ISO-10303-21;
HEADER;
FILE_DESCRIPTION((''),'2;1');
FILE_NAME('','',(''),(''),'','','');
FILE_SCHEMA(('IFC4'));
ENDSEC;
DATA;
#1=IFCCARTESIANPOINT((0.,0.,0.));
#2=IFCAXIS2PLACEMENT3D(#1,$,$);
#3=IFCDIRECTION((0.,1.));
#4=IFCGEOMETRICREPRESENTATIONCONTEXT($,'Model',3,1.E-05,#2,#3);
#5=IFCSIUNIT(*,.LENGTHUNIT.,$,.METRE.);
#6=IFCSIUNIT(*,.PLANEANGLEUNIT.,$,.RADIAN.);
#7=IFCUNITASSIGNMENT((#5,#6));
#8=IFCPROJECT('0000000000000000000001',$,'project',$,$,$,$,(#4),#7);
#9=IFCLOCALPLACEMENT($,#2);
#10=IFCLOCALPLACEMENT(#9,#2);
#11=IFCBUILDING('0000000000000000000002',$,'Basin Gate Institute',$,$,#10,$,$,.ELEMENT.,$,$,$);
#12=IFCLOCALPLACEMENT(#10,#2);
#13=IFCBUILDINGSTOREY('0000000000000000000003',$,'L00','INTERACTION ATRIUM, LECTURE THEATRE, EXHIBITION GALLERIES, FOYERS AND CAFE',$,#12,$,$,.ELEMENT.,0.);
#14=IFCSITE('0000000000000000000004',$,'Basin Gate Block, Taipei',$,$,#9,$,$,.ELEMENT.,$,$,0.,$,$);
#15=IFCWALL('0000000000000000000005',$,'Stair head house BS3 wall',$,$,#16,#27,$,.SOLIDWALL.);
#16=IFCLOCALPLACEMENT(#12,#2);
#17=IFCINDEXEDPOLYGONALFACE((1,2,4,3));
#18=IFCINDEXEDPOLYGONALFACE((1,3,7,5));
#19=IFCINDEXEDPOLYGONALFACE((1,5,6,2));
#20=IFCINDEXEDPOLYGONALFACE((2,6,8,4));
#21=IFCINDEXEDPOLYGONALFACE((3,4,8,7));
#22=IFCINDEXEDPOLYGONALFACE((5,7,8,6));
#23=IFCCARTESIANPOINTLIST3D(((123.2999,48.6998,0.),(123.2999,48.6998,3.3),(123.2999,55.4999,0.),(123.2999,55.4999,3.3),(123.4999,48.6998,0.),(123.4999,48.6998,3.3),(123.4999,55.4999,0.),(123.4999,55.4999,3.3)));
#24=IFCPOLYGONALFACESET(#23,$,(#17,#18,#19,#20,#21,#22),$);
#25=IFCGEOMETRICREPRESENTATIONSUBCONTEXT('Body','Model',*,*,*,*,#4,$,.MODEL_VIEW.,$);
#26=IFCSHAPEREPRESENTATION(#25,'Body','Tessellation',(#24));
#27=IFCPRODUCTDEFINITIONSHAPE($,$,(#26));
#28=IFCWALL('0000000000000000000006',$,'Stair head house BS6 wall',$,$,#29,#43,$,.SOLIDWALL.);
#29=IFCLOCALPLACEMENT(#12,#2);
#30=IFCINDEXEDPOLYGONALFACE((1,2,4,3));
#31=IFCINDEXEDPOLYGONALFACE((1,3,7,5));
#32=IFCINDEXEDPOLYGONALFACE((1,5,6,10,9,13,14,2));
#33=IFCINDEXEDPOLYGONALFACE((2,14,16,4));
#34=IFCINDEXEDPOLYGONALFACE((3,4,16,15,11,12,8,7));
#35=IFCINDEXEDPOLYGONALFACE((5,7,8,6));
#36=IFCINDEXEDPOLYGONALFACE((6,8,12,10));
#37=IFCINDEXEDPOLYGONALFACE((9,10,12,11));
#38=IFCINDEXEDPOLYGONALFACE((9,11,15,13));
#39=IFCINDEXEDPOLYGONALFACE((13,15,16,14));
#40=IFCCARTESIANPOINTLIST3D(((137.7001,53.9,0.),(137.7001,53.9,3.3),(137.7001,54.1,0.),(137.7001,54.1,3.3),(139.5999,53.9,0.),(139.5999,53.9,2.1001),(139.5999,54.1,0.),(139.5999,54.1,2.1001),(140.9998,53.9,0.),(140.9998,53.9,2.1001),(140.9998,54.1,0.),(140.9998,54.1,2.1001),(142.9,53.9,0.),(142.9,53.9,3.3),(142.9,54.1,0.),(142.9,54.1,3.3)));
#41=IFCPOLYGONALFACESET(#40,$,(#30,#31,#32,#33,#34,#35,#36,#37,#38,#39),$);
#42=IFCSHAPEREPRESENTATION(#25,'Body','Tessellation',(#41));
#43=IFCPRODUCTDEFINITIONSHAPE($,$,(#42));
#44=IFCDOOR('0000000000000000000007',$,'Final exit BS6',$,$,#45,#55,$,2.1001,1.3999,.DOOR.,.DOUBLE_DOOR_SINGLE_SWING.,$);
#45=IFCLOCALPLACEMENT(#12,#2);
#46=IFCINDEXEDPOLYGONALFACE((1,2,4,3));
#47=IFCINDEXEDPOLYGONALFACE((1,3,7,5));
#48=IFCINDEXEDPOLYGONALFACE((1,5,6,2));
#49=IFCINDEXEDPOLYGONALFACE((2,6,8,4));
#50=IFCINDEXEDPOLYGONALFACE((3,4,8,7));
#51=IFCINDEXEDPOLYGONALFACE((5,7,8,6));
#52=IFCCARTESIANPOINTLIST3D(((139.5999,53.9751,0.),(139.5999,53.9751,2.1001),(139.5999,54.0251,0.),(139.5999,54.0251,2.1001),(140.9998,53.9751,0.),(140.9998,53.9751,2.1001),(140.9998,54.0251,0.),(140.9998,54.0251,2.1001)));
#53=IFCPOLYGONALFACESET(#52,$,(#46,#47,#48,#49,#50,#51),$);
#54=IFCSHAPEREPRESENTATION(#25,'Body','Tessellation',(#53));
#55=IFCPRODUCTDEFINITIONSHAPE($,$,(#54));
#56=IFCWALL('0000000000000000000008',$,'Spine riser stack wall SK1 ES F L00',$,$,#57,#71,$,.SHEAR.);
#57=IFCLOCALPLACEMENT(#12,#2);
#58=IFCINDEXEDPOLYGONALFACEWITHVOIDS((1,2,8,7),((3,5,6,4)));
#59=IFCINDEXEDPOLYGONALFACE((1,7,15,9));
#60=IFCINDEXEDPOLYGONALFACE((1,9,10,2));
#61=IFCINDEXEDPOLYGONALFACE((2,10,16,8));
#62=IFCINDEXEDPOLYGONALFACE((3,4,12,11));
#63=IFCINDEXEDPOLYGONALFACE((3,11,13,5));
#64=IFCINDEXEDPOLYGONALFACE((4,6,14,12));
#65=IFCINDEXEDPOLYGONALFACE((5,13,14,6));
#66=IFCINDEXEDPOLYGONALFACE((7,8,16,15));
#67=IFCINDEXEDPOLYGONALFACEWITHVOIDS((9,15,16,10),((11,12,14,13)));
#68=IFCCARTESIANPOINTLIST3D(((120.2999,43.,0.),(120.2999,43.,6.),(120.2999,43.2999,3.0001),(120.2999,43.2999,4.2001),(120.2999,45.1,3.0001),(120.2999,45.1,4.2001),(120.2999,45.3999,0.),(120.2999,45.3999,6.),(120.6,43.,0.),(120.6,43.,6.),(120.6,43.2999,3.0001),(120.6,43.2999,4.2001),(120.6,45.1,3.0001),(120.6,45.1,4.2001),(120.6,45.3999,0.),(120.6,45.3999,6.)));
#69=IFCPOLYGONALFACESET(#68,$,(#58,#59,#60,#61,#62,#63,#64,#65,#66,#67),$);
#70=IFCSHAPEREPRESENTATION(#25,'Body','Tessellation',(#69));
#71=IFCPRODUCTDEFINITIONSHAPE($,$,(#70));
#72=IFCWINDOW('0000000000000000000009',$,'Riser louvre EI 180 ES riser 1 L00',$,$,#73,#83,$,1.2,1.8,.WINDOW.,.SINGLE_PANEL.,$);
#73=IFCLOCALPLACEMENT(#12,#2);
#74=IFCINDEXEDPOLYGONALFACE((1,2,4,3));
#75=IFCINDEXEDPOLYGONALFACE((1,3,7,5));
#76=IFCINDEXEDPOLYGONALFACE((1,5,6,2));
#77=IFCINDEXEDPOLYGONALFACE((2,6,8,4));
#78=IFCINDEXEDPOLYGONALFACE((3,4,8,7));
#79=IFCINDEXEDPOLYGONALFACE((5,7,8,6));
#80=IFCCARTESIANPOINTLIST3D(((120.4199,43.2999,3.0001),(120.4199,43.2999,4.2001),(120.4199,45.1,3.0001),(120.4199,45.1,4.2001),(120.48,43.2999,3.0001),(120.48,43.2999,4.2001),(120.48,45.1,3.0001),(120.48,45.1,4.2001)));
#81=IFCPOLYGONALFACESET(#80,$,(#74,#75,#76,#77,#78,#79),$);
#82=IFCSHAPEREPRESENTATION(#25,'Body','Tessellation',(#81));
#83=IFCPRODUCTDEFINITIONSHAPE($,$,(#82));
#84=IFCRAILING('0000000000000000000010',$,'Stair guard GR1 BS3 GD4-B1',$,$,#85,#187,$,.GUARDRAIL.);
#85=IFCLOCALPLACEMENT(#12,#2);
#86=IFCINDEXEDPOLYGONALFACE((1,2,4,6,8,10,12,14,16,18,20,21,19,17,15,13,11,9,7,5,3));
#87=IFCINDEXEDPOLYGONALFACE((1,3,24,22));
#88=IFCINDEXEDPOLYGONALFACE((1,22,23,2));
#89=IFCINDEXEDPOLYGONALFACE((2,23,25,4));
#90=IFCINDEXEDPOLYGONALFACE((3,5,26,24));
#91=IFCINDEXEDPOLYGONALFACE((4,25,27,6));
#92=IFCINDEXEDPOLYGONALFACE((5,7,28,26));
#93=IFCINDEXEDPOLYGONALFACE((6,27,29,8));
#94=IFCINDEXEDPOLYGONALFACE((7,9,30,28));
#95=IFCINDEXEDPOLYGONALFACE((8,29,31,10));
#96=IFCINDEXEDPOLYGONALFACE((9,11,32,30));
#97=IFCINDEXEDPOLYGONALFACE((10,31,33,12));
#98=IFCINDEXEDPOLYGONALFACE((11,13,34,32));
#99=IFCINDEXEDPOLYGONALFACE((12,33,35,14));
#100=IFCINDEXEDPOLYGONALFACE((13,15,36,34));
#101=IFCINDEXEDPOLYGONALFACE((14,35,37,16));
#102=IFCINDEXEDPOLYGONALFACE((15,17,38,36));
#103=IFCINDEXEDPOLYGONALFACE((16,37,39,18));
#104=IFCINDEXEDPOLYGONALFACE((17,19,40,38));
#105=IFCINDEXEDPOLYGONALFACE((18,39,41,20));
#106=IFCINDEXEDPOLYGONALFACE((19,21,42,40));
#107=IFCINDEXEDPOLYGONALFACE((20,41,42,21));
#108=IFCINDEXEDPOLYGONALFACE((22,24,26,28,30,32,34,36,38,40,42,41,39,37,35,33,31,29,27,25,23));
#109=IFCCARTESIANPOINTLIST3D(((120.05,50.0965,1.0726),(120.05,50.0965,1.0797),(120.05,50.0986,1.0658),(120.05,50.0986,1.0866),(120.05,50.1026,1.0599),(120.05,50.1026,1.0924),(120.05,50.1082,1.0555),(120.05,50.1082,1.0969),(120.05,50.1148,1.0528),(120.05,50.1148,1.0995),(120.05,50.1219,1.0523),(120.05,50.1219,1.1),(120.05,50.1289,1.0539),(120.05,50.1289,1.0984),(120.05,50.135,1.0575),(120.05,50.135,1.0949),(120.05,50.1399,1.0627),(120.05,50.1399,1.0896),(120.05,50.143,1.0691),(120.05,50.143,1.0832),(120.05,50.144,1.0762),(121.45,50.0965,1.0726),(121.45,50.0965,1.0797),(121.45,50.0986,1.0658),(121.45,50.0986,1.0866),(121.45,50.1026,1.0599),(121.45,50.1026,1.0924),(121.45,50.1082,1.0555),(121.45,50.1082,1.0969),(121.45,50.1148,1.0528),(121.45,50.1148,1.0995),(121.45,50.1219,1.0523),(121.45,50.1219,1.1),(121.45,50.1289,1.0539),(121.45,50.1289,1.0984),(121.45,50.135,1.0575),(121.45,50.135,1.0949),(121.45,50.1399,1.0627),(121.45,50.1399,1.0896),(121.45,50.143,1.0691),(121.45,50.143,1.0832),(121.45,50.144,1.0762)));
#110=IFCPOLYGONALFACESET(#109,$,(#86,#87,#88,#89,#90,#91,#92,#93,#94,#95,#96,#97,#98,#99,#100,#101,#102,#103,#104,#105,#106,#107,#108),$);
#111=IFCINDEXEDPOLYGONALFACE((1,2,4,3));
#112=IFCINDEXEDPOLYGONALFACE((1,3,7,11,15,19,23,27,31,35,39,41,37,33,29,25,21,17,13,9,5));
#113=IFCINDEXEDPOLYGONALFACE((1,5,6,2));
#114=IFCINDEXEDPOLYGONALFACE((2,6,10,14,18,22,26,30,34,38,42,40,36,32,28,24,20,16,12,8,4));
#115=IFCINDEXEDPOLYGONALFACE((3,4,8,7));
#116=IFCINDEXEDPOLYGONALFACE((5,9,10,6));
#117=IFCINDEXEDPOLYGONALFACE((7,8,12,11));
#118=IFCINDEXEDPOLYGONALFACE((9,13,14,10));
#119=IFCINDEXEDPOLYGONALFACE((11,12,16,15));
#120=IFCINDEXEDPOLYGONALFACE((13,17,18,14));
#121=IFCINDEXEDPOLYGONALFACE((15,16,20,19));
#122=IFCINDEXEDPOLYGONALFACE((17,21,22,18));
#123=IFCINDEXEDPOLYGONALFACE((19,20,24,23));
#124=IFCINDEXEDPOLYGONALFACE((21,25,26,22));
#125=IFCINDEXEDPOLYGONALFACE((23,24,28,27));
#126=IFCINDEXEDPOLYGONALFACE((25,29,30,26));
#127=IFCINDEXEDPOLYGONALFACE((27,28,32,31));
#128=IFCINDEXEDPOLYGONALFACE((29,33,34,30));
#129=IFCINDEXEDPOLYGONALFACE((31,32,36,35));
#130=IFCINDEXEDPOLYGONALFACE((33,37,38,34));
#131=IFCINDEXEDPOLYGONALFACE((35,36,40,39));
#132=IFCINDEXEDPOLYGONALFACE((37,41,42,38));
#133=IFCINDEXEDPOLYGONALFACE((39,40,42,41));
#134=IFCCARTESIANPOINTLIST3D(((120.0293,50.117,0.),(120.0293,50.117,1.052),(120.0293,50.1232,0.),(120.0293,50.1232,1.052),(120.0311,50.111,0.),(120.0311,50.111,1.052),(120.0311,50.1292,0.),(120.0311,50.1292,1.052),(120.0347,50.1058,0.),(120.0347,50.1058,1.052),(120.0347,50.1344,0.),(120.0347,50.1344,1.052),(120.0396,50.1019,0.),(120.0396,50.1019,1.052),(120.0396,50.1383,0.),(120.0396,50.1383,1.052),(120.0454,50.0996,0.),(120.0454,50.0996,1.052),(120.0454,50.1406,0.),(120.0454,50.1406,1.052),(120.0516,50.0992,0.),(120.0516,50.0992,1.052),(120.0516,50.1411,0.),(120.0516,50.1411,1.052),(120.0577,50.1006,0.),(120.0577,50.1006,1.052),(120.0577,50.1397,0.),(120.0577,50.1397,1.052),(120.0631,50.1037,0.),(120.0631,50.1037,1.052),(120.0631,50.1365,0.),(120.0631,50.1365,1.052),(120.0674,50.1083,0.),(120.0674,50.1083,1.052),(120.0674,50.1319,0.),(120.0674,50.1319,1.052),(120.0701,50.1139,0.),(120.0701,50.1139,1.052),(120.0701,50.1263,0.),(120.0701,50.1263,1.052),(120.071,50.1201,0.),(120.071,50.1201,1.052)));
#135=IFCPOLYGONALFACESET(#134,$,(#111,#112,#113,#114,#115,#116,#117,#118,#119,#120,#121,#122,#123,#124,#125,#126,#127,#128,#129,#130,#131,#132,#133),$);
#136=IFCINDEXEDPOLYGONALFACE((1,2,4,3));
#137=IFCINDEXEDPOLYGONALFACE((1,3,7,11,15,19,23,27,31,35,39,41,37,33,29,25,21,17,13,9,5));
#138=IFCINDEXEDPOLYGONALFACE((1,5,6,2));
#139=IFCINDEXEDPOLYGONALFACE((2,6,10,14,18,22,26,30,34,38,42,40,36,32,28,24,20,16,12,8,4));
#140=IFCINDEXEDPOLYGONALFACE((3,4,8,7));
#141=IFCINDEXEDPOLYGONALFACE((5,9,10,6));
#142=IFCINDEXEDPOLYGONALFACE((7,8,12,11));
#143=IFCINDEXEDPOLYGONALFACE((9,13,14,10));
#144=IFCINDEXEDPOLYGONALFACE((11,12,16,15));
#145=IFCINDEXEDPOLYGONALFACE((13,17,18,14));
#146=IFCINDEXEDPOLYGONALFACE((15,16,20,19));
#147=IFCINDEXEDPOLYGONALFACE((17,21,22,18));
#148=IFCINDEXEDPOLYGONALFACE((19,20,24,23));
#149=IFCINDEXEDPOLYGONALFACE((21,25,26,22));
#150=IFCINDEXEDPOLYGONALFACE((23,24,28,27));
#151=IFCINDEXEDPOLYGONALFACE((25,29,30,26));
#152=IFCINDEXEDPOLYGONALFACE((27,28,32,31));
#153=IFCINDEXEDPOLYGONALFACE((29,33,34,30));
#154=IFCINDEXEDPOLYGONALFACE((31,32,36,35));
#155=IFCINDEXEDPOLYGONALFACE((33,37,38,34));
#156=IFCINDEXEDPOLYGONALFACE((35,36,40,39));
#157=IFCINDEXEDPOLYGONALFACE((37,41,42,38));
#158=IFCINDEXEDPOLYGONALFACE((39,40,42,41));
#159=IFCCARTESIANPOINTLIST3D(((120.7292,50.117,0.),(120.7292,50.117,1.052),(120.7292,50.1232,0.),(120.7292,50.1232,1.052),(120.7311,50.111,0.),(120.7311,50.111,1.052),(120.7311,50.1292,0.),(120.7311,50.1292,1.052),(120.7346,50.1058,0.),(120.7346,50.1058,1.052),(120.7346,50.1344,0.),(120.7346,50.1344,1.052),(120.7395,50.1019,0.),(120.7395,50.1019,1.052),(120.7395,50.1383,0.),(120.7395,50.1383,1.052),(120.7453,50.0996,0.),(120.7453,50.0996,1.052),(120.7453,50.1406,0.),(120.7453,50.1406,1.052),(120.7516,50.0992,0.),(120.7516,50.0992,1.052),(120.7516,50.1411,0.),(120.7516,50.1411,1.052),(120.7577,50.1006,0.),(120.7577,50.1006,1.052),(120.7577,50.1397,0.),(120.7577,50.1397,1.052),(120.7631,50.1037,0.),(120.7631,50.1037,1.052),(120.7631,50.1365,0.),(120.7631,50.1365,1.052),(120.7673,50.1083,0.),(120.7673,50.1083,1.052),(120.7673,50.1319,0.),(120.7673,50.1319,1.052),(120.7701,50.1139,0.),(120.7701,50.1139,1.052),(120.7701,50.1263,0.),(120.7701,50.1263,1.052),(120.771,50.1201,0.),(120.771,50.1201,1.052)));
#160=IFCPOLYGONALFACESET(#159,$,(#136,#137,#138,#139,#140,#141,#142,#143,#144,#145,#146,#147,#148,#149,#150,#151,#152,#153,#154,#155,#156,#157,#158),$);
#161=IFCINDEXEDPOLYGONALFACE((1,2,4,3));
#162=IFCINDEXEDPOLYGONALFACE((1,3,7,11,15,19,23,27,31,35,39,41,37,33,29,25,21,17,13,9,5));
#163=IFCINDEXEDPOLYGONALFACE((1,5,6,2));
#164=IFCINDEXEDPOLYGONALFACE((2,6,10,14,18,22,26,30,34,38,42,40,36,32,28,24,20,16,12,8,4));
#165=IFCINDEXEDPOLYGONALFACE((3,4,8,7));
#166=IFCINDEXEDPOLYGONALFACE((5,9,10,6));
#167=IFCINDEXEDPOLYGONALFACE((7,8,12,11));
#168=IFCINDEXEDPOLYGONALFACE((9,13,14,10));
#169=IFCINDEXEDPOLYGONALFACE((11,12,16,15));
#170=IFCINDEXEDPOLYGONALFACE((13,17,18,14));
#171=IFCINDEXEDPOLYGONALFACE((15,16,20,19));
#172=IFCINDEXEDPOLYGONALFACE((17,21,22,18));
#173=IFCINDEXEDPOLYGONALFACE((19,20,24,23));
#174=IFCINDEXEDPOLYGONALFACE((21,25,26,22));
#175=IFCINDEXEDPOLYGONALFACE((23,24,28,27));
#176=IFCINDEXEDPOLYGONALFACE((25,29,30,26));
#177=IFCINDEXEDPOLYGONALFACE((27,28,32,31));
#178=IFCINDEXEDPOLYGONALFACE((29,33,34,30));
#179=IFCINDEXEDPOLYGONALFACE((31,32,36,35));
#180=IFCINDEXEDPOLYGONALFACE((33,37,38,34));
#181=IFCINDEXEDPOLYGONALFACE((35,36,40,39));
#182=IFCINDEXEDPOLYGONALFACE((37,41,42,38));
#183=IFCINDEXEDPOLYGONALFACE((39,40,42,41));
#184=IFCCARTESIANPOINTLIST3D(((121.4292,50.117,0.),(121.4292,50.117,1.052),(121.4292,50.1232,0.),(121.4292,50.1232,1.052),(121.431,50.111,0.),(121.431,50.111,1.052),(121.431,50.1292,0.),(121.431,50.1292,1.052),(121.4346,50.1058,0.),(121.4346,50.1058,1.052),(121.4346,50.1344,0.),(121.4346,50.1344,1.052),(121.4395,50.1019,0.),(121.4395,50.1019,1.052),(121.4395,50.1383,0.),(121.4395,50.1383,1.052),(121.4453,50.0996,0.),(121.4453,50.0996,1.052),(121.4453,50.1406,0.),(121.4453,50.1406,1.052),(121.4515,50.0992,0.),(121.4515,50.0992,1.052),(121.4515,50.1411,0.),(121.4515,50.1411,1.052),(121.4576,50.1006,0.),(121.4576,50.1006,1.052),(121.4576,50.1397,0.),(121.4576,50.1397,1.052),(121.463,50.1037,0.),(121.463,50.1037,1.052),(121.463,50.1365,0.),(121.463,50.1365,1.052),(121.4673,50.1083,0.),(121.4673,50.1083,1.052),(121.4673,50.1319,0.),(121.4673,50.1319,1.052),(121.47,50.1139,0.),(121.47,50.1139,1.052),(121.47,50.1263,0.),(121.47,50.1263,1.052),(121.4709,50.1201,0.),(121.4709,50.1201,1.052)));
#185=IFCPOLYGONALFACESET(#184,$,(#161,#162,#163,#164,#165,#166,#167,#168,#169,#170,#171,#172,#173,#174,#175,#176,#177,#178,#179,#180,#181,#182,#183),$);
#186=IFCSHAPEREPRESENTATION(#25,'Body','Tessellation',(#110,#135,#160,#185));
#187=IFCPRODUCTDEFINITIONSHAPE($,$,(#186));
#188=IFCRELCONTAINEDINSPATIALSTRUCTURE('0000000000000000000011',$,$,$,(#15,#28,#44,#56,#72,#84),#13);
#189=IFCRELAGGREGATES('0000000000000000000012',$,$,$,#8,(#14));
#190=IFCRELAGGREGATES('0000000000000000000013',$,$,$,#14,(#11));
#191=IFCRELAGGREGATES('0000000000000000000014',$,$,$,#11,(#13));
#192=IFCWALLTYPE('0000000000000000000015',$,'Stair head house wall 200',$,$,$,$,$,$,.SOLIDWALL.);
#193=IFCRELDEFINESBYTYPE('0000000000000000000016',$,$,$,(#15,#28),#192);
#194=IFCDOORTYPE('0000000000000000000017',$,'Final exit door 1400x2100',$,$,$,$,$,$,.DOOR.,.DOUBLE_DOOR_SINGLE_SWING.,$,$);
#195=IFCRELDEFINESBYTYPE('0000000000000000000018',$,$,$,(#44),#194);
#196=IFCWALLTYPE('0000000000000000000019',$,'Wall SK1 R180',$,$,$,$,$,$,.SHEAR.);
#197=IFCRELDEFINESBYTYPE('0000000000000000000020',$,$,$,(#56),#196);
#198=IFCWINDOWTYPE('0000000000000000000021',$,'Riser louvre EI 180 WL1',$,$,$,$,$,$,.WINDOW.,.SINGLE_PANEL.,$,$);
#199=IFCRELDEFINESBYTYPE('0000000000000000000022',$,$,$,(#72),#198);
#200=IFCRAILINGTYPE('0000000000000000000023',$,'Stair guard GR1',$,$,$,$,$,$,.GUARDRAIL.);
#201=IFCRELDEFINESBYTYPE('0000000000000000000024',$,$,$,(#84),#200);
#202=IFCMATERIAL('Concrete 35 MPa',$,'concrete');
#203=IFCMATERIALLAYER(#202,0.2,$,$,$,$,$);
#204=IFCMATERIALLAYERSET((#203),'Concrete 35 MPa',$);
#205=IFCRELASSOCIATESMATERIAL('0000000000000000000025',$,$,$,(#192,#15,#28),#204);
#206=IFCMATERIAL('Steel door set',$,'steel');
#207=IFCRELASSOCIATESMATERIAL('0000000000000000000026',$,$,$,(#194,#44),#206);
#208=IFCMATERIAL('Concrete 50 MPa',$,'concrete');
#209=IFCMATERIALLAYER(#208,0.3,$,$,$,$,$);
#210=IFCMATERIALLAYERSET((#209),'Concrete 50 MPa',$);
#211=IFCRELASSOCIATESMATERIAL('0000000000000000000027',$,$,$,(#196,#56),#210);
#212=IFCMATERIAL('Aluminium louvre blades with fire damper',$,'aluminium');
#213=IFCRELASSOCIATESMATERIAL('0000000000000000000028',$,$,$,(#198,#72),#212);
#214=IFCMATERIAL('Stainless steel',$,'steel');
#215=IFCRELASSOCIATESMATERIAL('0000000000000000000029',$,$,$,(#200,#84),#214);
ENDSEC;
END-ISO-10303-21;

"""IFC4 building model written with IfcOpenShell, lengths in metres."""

from ifc_helpers import new_model, si_unit, direction, frame, frame_2d, origin, origin_2d, place, context, subcontext, project, spatial, rectangle, circle, extrude, material, layer, layer_set, type_object, element, fill, save


model = new_model("IFC4")

# Units and contexts
model_context = context("Model", 3, precision=1e-05, world=origin(), true_north=direction((0.0, 1.0)))
body_context = subcontext(model_context, "Body", "Model", "MODEL_VIEW")
ifc_project = project(units=[si_unit("LENGTHUNIT", "METRE"), si_unit("PLANEANGLEUNIT", "RADIAN")], contexts=[model_context])

# Site, building, storey
site_placement = place(None, origin())
site = spatial("IfcSite", under=ifc_project, at=site_placement, Name="Basin Gate Block, Taipei", CompositionType="ELEMENT", RefElevation=0.0)
building_placement = place(site_placement, origin())
building = spatial("IfcBuilding", under=site, at=building_placement, Name="Basin Gate Institute", CompositionType="ELEMENT")
storey_placement = place(building_placement, origin())
storey = spatial("IfcBuildingStorey", under=building, at=storey_placement, Name="L00", Description="INTERACTION ATRIUM, LECTURE THEATRE, EXHIBITION GALLERIES, FOYERS AND CAFE", CompositionType="ELEMENT", Elevation=0.0)

# Wall
ifc_material_1 = material(Name="Concrete 35 MPa", Category="concrete")
ifc_layer_1 = layer(ifc_material_1, 0.2)
ifc_layer_set_1 = layer_set([ifc_layer_1], Name="Concrete 35 MPa")
wall_type_1 = type_object("IfcWallType", Name="Stair head house wall 200", PredefinedType="SOLIDWALL", material=ifc_layer_set_1)
for number, where, z_axis, x_axis, name in (
    (1, (123.3999, 48.7, 0.0), (0.0, 0.0, 1.0), (0.0, 1.0, 0.0), "Stair head house BS3 wall"),
):
    element("IfcWall", number, at=place(storey_placement, frame(where, z_axis=z_axis, x_axis=x_axis)), inside=storey, type_object=wall_type_1, material=ifc_layer_set_1, Name=name, PredefinedType="SOLIDWALL", context=body_context, shape_type="SweptSolid", body=[
        extrude(rectangle(XDim=6.8, YDim=0.2, at=frame_2d((3.3999, 0.0))), origin(), (0.0, 0.0, 1.0), 3.3),
    ])

# Wall, opening, door
wall_1_placement = place(storey_placement, frame((137.7, 54.0, 0.0), z_axis=(0.0, 0.0, 1.0), x_axis=(1.0, 0.0, 0.0)))
wall_1 = element("IfcWall", 2, at=wall_1_placement, inside=storey, type_object=wall_type_1, material=ifc_layer_set_1, Name="Stair head house BS6 wall", PredefinedType="SOLIDWALL", context=body_context, shape_type="SweptSolid", body=[
    extrude(rectangle(XDim=5.2, YDim=0.2, at=frame_2d((2.6001, 0.0))), origin(), (0.0, 0.0, 1.0), 3.3),
])
opening_1_placement = place(wall_1_placement, frame((1.8999, 0.0, 0.0)))
opening_1 = element("IfcOpeningElement", 3, at=opening_1_placement, cuts=wall_1, PredefinedType="OPENING", context=body_context, shape_type="SweptSolid", body=[
    extrude(rectangle(XDim=1.3999, YDim=2.1001, at=frame_2d((0.7, 1.05))), frame((0.0, 0.1099, 0.0), z_axis=(0.0, -1.0, 0.0), x_axis=(1.0, 0.0, 0.0)), (0.0, 0.0, 1.0), 0.22),
])
ifc_material_2 = material(Name="Steel door set", Category="steel")
door_type = type_object("IfcDoorType", Name="Final exit door 1400x2100", OperationType="DOUBLE_DOOR_SINGLE_SWING", PredefinedType="DOOR", material=ifc_material_2)
door_placement = place(opening_1_placement, frame((1.3999, 0.0, 0.0), z_axis=(0.0, 0.0, 1.0), x_axis=(-1.0, 0.0, 0.0)))
door = element("IfcDoor", 4, at=door_placement, inside=storey, type_object=door_type, material=ifc_material_2, Name="Final exit BS6", OperationType="DOUBLE_DOOR_SINGLE_SWING", OverallHeight=2.1001, OverallWidth=1.3999, PredefinedType="DOOR", context=body_context, shape_type="SweptSolid", body=[
    extrude(rectangle(XDim=1.3999, YDim=2.1001, at=frame_2d((0.7, 1.05))), frame((0.0, 0.0249, 0.0), z_axis=(0.0, -1.0, 0.0), x_axis=(1.0, 0.0, 0.0)), (0.0, 0.0, 1.0), 0.05),
])
fill(opening_1, door)

# Wall, opening, window
ifc_material_3 = material(Name="Concrete 50 MPa", Category="concrete")
ifc_layer_2 = layer(ifc_material_3, 0.3)
ifc_layer_set_2 = layer_set([ifc_layer_2], Name="Concrete 50 MPa")
wall_type_2 = type_object("IfcWallType", Name="Wall SK1 R180", PredefinedType="SHEAR", material=ifc_layer_set_2)
wall_2_placement = place(storey_placement, frame((120.45, 43.0, 0.0), z_axis=(0.0, 0.0, 1.0), x_axis=(0.0, 1.0, 0.0)))
wall_2 = element("IfcWall", 5, at=wall_2_placement, inside=storey, type_object=wall_type_2, material=ifc_layer_set_2, Name="Spine riser stack wall SK1 ES F L00", PredefinedType="SHEAR", context=body_context, shape_type="SweptSolid", body=[
    extrude(rectangle(XDim=2.3999, YDim=0.3, at=frame_2d((1.2, 0.0))), origin(), (0.0, 0.0, 1.0), 6.0),
])
opening_2_placement = place(wall_2_placement, frame((0.3, 0.0, 3.0)))
opening_2 = element("IfcOpeningElement", 6, at=opening_2_placement, cuts=wall_2, PredefinedType="OPENING", context=body_context, shape_type="SweptSolid", body=[
    extrude(rectangle(XDim=1.8, YDim=1.2, at=frame_2d((0.8999, 0.6001))), frame((0.0, 0.1602, 0.0), z_axis=(0.0, -1.0, 0.0), x_axis=(1.0, 0.0, 0.0)), (0.0, 0.0, 1.0), 0.3201),
])
ifc_material_4 = material(Name="Aluminium louvre blades with fire damper", Category="aluminium")
window_type = type_object("IfcWindowType", Name="Riser louvre EI 180 WL1", PartitioningType="SINGLE_PANEL", PredefinedType="WINDOW", material=ifc_material_4)
window_placement = place(opening_2_placement, origin())
window = element("IfcWindow", 7, at=window_placement, inside=storey, type_object=window_type, material=ifc_material_4, Name="Riser louvre EI 180 ES riser 1 L00", OverallHeight=1.2, OverallWidth=1.8, PartitioningType="SINGLE_PANEL", PredefinedType="WINDOW", context=body_context, shape_type="SweptSolid", body=[
    extrude(rectangle(XDim=1.8, YDim=1.2, at=frame_2d((0.8999, 0.6001))), frame((0.0, 0.03, 0.0), z_axis=(0.0, -1.0, 0.0), x_axis=(1.0, 0.0, 0.0)), (0.0, 0.0, 1.0), 0.0601),
])
fill(opening_2, window)

# Railing
ifc_material_5 = material(Name="Stainless steel", Category="steel")
railing_type = type_object("IfcRailingType", Name="Stair guard GR1", PredefinedType="GUARDRAIL", material=ifc_material_5)
railing_1_placement = place(storey_placement, frame((120.05, 50.1201, 0.0)))
element("IfcRailing", 8, at=railing_1_placement, inside=storey, type_object=railing_type, material=ifc_material_5, Name="Stair guard GR1 BS3 GD4-B1", PredefinedType="GUARDRAIL", context=body_context, shape_type="SweptSolid", body=[
    extrude(circle(Radius=0.0239, at=origin_2d()), frame((0.0, 0.0, 1.0762), z_axis=(1.0, 0.0, 0.0), x_axis=(0.0, 1.0, 0.0)), (0.0, 0.0, 1.0), 1.3999),
    extrude(circle(Radius=0.021, at=origin_2d()), origin(), (0.0, 0.0, 1.0), 1.052),
    extrude(circle(Radius=0.021, at=origin_2d()), frame((0.7, 0.0, 0.0)), (0.0, 0.0, 1.0), 1.052),
    extrude(circle(Radius=0.021, at=origin_2d()), frame((1.3999, 0.0, 0.0)), (0.0, 0.0, 1.0), 1.052),
])

save(model, "model.ifc")
